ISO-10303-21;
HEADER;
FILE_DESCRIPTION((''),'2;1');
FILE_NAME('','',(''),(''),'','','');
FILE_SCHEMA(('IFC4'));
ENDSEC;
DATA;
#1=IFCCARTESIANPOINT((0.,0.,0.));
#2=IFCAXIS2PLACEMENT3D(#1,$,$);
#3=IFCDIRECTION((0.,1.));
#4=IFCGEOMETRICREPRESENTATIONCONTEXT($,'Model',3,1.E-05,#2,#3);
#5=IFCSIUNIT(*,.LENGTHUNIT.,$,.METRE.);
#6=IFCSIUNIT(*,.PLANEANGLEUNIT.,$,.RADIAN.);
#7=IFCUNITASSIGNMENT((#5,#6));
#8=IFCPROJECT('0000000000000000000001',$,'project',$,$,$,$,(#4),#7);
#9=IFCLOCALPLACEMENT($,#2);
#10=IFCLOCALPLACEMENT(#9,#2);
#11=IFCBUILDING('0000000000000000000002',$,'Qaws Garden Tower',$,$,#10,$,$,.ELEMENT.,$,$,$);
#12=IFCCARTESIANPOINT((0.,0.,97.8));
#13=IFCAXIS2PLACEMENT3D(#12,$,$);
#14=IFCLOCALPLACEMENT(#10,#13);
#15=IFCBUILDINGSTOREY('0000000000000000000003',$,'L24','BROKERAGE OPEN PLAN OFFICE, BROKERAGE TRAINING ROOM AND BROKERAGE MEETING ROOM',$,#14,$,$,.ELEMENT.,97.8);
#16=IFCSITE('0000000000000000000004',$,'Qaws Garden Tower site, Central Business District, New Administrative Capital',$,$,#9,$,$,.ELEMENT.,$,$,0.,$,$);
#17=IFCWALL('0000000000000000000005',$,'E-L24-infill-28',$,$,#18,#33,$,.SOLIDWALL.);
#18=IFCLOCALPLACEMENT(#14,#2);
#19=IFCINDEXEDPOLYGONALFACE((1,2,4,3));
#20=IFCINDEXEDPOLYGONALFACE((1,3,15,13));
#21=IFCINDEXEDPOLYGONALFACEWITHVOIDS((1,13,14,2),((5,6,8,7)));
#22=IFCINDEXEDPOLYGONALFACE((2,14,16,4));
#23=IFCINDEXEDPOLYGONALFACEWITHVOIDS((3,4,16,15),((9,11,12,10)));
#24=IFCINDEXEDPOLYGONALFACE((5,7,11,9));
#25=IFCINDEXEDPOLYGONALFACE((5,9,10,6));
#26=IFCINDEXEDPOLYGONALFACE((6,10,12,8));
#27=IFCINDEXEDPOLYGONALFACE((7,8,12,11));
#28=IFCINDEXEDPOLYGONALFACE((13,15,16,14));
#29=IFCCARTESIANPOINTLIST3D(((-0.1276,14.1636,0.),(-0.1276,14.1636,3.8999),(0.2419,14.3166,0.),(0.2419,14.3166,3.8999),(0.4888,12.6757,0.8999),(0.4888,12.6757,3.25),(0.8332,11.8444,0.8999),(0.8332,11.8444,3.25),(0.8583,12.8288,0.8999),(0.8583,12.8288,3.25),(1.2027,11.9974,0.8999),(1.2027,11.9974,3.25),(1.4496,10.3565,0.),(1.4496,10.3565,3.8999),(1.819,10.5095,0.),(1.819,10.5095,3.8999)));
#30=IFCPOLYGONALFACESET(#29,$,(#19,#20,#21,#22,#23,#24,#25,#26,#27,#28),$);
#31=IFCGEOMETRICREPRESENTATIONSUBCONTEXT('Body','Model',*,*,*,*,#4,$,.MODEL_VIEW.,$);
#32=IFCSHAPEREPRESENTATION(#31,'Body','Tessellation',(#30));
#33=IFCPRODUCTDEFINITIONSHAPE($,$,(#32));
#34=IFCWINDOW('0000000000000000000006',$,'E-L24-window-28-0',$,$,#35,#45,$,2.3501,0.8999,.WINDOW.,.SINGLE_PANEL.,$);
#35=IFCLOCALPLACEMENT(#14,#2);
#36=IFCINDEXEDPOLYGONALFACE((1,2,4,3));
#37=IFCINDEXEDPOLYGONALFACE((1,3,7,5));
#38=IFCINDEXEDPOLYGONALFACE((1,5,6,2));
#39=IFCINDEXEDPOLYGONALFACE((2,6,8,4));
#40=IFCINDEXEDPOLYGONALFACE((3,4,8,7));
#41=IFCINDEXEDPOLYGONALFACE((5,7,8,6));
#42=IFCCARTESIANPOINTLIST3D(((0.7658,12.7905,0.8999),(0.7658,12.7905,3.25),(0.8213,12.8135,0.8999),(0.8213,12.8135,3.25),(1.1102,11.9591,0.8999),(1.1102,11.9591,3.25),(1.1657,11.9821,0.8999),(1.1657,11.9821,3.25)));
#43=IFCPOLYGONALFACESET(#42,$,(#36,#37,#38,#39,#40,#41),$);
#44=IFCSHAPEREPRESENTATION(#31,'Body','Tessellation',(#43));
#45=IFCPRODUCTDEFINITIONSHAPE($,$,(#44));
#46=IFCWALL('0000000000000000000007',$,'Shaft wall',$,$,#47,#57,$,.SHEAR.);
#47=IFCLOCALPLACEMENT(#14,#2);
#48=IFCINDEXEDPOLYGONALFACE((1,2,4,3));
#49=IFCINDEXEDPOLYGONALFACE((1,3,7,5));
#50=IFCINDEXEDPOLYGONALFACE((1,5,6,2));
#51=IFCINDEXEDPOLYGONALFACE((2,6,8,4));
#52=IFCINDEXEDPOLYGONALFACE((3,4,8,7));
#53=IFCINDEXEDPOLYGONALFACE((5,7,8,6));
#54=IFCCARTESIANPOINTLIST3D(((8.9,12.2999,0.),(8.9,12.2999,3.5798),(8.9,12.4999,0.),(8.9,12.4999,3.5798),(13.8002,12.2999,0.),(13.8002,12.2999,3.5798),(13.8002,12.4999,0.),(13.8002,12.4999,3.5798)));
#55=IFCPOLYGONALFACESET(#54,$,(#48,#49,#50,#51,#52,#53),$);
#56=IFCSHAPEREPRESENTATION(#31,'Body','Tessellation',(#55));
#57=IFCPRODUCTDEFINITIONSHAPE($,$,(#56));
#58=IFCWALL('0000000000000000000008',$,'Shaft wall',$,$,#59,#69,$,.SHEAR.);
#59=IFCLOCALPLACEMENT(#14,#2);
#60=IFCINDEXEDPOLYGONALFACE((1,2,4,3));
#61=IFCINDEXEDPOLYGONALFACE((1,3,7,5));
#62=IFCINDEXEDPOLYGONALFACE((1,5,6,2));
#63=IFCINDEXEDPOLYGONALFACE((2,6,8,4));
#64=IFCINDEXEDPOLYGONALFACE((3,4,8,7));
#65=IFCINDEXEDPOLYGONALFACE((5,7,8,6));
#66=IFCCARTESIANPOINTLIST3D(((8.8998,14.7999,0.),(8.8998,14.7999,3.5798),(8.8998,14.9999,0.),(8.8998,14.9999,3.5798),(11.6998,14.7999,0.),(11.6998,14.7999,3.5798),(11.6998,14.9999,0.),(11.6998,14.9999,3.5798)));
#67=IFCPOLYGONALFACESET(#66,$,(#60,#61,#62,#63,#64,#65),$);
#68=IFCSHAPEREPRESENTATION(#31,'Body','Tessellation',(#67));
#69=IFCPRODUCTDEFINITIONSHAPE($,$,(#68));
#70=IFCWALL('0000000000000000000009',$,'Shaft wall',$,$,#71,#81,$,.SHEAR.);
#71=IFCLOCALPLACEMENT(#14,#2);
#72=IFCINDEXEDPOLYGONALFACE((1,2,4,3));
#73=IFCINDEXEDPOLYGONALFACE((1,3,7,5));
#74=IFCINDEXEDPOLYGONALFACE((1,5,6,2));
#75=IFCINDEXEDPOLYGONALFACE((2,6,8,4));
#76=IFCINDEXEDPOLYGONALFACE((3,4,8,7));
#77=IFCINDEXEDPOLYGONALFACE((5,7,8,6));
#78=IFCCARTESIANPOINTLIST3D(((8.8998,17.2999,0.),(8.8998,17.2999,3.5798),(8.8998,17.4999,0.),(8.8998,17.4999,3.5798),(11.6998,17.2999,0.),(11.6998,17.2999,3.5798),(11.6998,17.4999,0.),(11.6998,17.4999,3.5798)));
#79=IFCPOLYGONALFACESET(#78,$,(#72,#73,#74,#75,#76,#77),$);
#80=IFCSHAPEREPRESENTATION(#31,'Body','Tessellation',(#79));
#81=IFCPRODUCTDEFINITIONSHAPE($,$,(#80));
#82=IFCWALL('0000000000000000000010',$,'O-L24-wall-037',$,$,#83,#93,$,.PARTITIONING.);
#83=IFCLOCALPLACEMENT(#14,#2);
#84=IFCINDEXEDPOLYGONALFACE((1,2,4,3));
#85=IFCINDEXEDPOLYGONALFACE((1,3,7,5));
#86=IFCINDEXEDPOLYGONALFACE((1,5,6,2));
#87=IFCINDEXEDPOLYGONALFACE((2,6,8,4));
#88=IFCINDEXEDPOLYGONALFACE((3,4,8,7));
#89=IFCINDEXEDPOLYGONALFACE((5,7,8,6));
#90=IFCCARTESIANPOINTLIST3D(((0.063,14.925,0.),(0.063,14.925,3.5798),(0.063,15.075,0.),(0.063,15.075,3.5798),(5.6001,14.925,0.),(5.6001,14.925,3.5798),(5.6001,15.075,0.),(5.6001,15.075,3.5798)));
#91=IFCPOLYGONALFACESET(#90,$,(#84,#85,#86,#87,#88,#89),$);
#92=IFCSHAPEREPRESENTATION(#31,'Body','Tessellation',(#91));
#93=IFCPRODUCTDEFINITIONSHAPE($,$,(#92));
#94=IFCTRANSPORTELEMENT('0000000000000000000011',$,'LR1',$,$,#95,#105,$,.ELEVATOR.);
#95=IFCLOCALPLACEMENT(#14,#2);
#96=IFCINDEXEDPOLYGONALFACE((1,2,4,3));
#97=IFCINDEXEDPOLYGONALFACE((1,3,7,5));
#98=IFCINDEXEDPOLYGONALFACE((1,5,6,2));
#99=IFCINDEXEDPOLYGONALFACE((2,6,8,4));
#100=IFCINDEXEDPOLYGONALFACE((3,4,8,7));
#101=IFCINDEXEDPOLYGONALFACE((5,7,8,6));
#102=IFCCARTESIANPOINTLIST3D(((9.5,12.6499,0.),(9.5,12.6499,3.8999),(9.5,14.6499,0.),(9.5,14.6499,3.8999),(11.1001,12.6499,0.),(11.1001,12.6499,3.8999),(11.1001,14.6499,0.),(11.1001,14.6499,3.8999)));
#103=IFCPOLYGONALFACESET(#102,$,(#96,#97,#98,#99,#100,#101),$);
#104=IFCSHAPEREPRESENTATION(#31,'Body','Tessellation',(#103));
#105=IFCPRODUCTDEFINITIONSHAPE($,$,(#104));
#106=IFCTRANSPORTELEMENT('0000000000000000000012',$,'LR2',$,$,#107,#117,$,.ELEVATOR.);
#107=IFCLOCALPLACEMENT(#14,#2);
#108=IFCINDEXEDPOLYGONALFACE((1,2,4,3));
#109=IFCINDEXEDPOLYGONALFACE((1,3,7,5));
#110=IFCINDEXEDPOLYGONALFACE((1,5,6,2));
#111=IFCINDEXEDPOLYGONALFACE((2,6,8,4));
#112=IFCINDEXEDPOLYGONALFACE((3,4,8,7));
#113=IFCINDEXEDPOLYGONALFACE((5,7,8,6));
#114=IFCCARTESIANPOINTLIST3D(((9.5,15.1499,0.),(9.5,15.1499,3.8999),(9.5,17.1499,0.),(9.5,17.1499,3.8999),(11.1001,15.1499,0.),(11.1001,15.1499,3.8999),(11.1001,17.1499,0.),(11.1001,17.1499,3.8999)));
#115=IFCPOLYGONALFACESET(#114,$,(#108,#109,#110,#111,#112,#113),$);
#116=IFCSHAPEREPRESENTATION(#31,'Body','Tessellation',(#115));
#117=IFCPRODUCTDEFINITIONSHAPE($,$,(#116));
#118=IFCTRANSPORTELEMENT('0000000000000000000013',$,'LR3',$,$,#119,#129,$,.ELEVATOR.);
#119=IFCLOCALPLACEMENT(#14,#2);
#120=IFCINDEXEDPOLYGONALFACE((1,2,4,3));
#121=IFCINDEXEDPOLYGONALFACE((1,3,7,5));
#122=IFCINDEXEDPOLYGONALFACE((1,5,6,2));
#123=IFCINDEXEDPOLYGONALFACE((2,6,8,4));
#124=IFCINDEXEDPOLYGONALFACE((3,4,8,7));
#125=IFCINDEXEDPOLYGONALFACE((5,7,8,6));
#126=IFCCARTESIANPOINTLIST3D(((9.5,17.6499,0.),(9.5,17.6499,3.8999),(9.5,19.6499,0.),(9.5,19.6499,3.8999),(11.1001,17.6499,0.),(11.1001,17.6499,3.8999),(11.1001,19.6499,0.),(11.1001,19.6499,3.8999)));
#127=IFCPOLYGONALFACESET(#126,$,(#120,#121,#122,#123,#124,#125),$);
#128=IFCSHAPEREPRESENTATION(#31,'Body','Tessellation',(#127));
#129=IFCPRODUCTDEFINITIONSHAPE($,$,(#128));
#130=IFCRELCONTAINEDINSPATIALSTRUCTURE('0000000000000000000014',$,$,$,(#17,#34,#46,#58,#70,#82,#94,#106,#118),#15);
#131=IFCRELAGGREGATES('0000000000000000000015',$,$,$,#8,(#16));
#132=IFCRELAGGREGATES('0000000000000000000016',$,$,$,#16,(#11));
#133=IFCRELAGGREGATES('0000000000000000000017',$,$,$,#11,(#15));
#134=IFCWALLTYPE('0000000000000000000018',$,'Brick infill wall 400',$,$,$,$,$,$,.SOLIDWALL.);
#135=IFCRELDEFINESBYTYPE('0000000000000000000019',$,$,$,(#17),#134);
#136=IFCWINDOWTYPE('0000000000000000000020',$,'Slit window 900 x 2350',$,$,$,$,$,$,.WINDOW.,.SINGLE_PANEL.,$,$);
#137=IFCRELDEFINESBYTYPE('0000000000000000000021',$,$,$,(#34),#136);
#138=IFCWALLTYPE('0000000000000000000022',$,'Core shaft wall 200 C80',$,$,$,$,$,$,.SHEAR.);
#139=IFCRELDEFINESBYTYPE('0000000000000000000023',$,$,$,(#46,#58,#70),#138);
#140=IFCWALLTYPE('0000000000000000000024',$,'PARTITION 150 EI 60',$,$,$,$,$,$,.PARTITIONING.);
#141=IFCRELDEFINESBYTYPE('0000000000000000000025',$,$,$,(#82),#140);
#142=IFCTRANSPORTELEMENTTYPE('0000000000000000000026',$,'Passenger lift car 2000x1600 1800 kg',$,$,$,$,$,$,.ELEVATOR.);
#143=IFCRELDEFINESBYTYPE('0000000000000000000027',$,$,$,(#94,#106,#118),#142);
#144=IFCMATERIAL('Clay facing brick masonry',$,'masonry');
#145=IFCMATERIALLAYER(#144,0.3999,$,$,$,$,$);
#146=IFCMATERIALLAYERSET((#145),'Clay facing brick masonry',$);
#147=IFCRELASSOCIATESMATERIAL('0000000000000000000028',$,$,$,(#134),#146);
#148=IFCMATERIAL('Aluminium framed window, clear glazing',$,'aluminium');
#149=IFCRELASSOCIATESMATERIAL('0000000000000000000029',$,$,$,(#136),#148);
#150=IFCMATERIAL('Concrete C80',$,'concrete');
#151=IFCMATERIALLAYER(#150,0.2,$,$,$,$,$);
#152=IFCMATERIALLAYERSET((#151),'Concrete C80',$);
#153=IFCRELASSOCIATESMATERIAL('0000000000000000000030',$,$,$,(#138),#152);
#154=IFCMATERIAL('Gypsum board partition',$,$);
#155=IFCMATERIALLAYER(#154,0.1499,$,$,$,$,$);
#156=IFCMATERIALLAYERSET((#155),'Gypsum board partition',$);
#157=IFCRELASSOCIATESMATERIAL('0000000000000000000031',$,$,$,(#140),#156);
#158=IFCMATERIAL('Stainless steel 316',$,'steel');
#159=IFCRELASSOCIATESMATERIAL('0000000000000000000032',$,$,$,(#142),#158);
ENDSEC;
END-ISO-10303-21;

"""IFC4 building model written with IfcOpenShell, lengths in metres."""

from ifc_helpers import new_model, si_unit, direction, frame, frame_2d, origin, origin_2d, place, context, subcontext, project, spatial, rectangle, extrude, material, layer, layer_set, type_object, element, fill, save


model = new_model("IFC4")

# Units and contexts
model_context = context("Model", 3, precision=1e-05, world=origin(), true_north=direction((0.0, 1.0)))
body_context = subcontext(model_context, "Body", "Model", "MODEL_VIEW")
ifc_project = project(units=[si_unit("LENGTHUNIT", "METRE"), si_unit("PLANEANGLEUNIT", "RADIAN")], contexts=[model_context])

# Site, building, storey
site_placement = place(None, origin())
site = spatial("IfcSite", under=ifc_project, at=site_placement, Name="Qaws Garden Tower site, Central Business District, New Administrative Capital", CompositionType="ELEMENT", RefElevation=0.0)
building_placement = place(site_placement, origin())
building = spatial("IfcBuilding", under=site, at=building_placement, Name="Qaws Garden Tower", CompositionType="ELEMENT")
storey_placement = place(building_placement, frame((0.0, 0.0, 97.8)))
storey = spatial("IfcBuildingStorey", under=building, at=storey_placement, Name="L24", Description="BROKERAGE OPEN PLAN OFFICE, BROKERAGE TRAINING ROOM AND BROKERAGE MEETING ROOM", CompositionType="ELEMENT", Elevation=97.8)

# Wall, opening, window
ifc_material_1 = material(Name="Clay facing brick masonry", Category="masonry")
ifc_layer_1 = layer(ifc_material_1, 0.3999)
ifc_layer_set_1 = layer_set([ifc_layer_1], Name="Clay facing brick masonry")
wall_type_1 = type_object("IfcWallType", Name="Brick infill wall 400", PredefinedType="SOLIDWALL", material=ifc_layer_set_1)
wall_1_placement = place(storey_placement, frame((0.0571, 14.2402, 0.0), z_axis=(0.0, 0.0, 1.0), x_axis=(0.382722, -0.923864, 0.0)))
wall_1 = element("IfcWall", 1, at=wall_1_placement, inside=storey, type_object=wall_type_1, Name="E-L24-infill-28", PredefinedType="SOLIDWALL", context=body_context, shape_type="SweptSolid", body=[
    extrude(rectangle(XDim=4.1208, YDim=0.3999, at=frame_2d((2.0605, 0.0))), origin(), (0.0, 0.0, 1.0), 3.8999),
])
opening_placement = place(wall_1_placement, frame((1.6106, 0.0, 0.8999)))
opening = element("IfcOpeningElement", 2, at=opening_placement, cuts=wall_1, PredefinedType="OPENING", context=body_context, shape_type="SweptSolid", body=[
    extrude(rectangle(XDim=0.8999, YDim=2.3501, at=frame_2d((0.45, 1.175))), frame((0.0, 0.21, 0.0), z_axis=(0.0, -1.0, 0.0), x_axis=(1.0, 0.0, 0.0)), (0.0, 0.0, 1.0), 0.4199),
])
ifc_material_2 = material(Name="Aluminium framed window, clear glazing", Category="aluminium")
window_type = type_object("IfcWindowType", Name="Slit window 900 x 2350", PartitioningType="SINGLE_PANEL", PredefinedType="WINDOW", material=ifc_material_2)
window_placement = place(opening_placement, origin())
window = element("IfcWindow", 3, at=window_placement, inside=storey, type_object=window_type, Name="E-L24-window-28-0", OverallHeight=2.3501, OverallWidth=0.8999, PartitioningType="SINGLE_PANEL", PredefinedType="WINDOW", context=body_context, shape_type="SweptSolid", body=[
    extrude(rectangle(XDim=0.8999, YDim=2.3501, at=frame_2d((0.45, 1.175))), frame((0.0, 0.1599, 0.0), z_axis=(0.0, -1.0, 0.0), x_axis=(1.0, 0.0, 0.0)), (0.0, 0.0, 1.0), 0.0601),
])
fill(opening, window)

# Walls
ifc_material_3 = material(Name="Concrete C80", Category="concrete")
ifc_layer_2 = layer(ifc_material_3, 0.2)
ifc_layer_set_2 = layer_set([ifc_layer_2], Name="Concrete C80")
wall_type_2 = type_object("IfcWallType", Name="Core shaft wall 200 C80", PredefinedType="SHEAR", material=ifc_layer_set_2)
wall_2_placement = place(storey_placement, frame((8.8999, 12.3999, 0.0), z_axis=(0.0, 0.0, 1.0), x_axis=(1.0, 0.0, 0.0)))
element("IfcWall", 4, at=wall_2_placement, inside=storey, type_object=wall_type_2, Name="Shaft wall", PredefinedType="SHEAR", context=body_context, shape_type="SweptSolid", body=[
    extrude(rectangle(XDim=4.9001, YDim=0.2, at=frame_2d((2.4502, 0.0))), origin(), (0.0, 0.0, 1.0), 3.5798),
])
for number, where, z_axis, x_axis, name in (
    (5, (8.8999, 14.8999, 0.0), (0.0, 0.0, 1.0), (1.0, 0.0, 0.0), "Shaft wall"),
    (6, (8.8999, 17.3999, 0.0), (0.0, 0.0, 1.0), (1.0, 0.0, 0.0), "Shaft wall"),
):
    element("IfcWall", number, at=place(storey_placement, frame(where, z_axis=z_axis, x_axis=x_axis)), inside=storey, type_object=wall_type_2, Name=name, PredefinedType="SHEAR", context=body_context, shape_type="SweptSolid", body=[
        extrude(rectangle(XDim=2.8, YDim=0.2, at=frame_2d((1.3999, 0.0))), origin(), (0.0, 0.0, 1.0), 3.5798),
    ])
ifc_material_4 = material(Name="Gypsum board partition")
ifc_layer_3 = layer(ifc_material_4, 0.1499)
ifc_layer_set_3 = layer_set([ifc_layer_3], Name="Gypsum board partition")
wall_type_3 = type_object("IfcWallType", Name="PARTITION 150 EI 60", PredefinedType="PARTITIONING", material=ifc_layer_set_3)
wall_3_placement = place(storey_placement, frame((0.063, 15.0, 0.0), z_axis=(0.0, 0.0, 1.0), x_axis=(1.0, 0.0, 0.0)))
element("IfcWall", 7, at=wall_3_placement, inside=storey, type_object=wall_type_3, Name="O-L24-wall-037", PredefinedType="PARTITIONING", context=body_context, shape_type="SweptSolid", body=[
    extrude(rectangle(XDim=5.5371, YDim=0.1499, at=frame_2d((2.7686, 0.0))), origin(), (0.0, 0.0, 1.0), 3.5798),
])

# Transport elements
ifc_material_5 = material(Name="Stainless steel 316", Category="steel")
transport_element_type = type_object("IfcTransportElementType", Name="Passenger lift car 2000x1600 1800 kg", PredefinedType="ELEVATOR", material=ifc_material_5)
for number, where, z_axis, x_axis, name in (
    (8, (10.3, 13.6499, 0.0), (0.0, 0.0, 1.0), (1.0, 0.0, 0.0), "LR1"),
    (9, (10.3, 16.1499, 0.0), (0.0, 0.0, 1.0), (1.0, 0.0, 0.0), "LR2"),
    (10, (10.3, 18.6499, 0.0), (0.0, 0.0, 1.0), (1.0, 0.0, 0.0), "LR3"),
):
    element("IfcTransportElement", number, at=place(storey_placement, frame(where, z_axis=z_axis, x_axis=x_axis)), inside=storey, type_object=transport_element_type, Name=name, PredefinedType="ELEVATOR", context=body_context, shape_type="SweptSolid", body=[
        extrude(rectangle(XDim=1.6001, YDim=2.0, at=origin_2d()), origin(), (0.0, 0.0, 1.0), 3.8999),
    ])

save(model, "model.ifc")
